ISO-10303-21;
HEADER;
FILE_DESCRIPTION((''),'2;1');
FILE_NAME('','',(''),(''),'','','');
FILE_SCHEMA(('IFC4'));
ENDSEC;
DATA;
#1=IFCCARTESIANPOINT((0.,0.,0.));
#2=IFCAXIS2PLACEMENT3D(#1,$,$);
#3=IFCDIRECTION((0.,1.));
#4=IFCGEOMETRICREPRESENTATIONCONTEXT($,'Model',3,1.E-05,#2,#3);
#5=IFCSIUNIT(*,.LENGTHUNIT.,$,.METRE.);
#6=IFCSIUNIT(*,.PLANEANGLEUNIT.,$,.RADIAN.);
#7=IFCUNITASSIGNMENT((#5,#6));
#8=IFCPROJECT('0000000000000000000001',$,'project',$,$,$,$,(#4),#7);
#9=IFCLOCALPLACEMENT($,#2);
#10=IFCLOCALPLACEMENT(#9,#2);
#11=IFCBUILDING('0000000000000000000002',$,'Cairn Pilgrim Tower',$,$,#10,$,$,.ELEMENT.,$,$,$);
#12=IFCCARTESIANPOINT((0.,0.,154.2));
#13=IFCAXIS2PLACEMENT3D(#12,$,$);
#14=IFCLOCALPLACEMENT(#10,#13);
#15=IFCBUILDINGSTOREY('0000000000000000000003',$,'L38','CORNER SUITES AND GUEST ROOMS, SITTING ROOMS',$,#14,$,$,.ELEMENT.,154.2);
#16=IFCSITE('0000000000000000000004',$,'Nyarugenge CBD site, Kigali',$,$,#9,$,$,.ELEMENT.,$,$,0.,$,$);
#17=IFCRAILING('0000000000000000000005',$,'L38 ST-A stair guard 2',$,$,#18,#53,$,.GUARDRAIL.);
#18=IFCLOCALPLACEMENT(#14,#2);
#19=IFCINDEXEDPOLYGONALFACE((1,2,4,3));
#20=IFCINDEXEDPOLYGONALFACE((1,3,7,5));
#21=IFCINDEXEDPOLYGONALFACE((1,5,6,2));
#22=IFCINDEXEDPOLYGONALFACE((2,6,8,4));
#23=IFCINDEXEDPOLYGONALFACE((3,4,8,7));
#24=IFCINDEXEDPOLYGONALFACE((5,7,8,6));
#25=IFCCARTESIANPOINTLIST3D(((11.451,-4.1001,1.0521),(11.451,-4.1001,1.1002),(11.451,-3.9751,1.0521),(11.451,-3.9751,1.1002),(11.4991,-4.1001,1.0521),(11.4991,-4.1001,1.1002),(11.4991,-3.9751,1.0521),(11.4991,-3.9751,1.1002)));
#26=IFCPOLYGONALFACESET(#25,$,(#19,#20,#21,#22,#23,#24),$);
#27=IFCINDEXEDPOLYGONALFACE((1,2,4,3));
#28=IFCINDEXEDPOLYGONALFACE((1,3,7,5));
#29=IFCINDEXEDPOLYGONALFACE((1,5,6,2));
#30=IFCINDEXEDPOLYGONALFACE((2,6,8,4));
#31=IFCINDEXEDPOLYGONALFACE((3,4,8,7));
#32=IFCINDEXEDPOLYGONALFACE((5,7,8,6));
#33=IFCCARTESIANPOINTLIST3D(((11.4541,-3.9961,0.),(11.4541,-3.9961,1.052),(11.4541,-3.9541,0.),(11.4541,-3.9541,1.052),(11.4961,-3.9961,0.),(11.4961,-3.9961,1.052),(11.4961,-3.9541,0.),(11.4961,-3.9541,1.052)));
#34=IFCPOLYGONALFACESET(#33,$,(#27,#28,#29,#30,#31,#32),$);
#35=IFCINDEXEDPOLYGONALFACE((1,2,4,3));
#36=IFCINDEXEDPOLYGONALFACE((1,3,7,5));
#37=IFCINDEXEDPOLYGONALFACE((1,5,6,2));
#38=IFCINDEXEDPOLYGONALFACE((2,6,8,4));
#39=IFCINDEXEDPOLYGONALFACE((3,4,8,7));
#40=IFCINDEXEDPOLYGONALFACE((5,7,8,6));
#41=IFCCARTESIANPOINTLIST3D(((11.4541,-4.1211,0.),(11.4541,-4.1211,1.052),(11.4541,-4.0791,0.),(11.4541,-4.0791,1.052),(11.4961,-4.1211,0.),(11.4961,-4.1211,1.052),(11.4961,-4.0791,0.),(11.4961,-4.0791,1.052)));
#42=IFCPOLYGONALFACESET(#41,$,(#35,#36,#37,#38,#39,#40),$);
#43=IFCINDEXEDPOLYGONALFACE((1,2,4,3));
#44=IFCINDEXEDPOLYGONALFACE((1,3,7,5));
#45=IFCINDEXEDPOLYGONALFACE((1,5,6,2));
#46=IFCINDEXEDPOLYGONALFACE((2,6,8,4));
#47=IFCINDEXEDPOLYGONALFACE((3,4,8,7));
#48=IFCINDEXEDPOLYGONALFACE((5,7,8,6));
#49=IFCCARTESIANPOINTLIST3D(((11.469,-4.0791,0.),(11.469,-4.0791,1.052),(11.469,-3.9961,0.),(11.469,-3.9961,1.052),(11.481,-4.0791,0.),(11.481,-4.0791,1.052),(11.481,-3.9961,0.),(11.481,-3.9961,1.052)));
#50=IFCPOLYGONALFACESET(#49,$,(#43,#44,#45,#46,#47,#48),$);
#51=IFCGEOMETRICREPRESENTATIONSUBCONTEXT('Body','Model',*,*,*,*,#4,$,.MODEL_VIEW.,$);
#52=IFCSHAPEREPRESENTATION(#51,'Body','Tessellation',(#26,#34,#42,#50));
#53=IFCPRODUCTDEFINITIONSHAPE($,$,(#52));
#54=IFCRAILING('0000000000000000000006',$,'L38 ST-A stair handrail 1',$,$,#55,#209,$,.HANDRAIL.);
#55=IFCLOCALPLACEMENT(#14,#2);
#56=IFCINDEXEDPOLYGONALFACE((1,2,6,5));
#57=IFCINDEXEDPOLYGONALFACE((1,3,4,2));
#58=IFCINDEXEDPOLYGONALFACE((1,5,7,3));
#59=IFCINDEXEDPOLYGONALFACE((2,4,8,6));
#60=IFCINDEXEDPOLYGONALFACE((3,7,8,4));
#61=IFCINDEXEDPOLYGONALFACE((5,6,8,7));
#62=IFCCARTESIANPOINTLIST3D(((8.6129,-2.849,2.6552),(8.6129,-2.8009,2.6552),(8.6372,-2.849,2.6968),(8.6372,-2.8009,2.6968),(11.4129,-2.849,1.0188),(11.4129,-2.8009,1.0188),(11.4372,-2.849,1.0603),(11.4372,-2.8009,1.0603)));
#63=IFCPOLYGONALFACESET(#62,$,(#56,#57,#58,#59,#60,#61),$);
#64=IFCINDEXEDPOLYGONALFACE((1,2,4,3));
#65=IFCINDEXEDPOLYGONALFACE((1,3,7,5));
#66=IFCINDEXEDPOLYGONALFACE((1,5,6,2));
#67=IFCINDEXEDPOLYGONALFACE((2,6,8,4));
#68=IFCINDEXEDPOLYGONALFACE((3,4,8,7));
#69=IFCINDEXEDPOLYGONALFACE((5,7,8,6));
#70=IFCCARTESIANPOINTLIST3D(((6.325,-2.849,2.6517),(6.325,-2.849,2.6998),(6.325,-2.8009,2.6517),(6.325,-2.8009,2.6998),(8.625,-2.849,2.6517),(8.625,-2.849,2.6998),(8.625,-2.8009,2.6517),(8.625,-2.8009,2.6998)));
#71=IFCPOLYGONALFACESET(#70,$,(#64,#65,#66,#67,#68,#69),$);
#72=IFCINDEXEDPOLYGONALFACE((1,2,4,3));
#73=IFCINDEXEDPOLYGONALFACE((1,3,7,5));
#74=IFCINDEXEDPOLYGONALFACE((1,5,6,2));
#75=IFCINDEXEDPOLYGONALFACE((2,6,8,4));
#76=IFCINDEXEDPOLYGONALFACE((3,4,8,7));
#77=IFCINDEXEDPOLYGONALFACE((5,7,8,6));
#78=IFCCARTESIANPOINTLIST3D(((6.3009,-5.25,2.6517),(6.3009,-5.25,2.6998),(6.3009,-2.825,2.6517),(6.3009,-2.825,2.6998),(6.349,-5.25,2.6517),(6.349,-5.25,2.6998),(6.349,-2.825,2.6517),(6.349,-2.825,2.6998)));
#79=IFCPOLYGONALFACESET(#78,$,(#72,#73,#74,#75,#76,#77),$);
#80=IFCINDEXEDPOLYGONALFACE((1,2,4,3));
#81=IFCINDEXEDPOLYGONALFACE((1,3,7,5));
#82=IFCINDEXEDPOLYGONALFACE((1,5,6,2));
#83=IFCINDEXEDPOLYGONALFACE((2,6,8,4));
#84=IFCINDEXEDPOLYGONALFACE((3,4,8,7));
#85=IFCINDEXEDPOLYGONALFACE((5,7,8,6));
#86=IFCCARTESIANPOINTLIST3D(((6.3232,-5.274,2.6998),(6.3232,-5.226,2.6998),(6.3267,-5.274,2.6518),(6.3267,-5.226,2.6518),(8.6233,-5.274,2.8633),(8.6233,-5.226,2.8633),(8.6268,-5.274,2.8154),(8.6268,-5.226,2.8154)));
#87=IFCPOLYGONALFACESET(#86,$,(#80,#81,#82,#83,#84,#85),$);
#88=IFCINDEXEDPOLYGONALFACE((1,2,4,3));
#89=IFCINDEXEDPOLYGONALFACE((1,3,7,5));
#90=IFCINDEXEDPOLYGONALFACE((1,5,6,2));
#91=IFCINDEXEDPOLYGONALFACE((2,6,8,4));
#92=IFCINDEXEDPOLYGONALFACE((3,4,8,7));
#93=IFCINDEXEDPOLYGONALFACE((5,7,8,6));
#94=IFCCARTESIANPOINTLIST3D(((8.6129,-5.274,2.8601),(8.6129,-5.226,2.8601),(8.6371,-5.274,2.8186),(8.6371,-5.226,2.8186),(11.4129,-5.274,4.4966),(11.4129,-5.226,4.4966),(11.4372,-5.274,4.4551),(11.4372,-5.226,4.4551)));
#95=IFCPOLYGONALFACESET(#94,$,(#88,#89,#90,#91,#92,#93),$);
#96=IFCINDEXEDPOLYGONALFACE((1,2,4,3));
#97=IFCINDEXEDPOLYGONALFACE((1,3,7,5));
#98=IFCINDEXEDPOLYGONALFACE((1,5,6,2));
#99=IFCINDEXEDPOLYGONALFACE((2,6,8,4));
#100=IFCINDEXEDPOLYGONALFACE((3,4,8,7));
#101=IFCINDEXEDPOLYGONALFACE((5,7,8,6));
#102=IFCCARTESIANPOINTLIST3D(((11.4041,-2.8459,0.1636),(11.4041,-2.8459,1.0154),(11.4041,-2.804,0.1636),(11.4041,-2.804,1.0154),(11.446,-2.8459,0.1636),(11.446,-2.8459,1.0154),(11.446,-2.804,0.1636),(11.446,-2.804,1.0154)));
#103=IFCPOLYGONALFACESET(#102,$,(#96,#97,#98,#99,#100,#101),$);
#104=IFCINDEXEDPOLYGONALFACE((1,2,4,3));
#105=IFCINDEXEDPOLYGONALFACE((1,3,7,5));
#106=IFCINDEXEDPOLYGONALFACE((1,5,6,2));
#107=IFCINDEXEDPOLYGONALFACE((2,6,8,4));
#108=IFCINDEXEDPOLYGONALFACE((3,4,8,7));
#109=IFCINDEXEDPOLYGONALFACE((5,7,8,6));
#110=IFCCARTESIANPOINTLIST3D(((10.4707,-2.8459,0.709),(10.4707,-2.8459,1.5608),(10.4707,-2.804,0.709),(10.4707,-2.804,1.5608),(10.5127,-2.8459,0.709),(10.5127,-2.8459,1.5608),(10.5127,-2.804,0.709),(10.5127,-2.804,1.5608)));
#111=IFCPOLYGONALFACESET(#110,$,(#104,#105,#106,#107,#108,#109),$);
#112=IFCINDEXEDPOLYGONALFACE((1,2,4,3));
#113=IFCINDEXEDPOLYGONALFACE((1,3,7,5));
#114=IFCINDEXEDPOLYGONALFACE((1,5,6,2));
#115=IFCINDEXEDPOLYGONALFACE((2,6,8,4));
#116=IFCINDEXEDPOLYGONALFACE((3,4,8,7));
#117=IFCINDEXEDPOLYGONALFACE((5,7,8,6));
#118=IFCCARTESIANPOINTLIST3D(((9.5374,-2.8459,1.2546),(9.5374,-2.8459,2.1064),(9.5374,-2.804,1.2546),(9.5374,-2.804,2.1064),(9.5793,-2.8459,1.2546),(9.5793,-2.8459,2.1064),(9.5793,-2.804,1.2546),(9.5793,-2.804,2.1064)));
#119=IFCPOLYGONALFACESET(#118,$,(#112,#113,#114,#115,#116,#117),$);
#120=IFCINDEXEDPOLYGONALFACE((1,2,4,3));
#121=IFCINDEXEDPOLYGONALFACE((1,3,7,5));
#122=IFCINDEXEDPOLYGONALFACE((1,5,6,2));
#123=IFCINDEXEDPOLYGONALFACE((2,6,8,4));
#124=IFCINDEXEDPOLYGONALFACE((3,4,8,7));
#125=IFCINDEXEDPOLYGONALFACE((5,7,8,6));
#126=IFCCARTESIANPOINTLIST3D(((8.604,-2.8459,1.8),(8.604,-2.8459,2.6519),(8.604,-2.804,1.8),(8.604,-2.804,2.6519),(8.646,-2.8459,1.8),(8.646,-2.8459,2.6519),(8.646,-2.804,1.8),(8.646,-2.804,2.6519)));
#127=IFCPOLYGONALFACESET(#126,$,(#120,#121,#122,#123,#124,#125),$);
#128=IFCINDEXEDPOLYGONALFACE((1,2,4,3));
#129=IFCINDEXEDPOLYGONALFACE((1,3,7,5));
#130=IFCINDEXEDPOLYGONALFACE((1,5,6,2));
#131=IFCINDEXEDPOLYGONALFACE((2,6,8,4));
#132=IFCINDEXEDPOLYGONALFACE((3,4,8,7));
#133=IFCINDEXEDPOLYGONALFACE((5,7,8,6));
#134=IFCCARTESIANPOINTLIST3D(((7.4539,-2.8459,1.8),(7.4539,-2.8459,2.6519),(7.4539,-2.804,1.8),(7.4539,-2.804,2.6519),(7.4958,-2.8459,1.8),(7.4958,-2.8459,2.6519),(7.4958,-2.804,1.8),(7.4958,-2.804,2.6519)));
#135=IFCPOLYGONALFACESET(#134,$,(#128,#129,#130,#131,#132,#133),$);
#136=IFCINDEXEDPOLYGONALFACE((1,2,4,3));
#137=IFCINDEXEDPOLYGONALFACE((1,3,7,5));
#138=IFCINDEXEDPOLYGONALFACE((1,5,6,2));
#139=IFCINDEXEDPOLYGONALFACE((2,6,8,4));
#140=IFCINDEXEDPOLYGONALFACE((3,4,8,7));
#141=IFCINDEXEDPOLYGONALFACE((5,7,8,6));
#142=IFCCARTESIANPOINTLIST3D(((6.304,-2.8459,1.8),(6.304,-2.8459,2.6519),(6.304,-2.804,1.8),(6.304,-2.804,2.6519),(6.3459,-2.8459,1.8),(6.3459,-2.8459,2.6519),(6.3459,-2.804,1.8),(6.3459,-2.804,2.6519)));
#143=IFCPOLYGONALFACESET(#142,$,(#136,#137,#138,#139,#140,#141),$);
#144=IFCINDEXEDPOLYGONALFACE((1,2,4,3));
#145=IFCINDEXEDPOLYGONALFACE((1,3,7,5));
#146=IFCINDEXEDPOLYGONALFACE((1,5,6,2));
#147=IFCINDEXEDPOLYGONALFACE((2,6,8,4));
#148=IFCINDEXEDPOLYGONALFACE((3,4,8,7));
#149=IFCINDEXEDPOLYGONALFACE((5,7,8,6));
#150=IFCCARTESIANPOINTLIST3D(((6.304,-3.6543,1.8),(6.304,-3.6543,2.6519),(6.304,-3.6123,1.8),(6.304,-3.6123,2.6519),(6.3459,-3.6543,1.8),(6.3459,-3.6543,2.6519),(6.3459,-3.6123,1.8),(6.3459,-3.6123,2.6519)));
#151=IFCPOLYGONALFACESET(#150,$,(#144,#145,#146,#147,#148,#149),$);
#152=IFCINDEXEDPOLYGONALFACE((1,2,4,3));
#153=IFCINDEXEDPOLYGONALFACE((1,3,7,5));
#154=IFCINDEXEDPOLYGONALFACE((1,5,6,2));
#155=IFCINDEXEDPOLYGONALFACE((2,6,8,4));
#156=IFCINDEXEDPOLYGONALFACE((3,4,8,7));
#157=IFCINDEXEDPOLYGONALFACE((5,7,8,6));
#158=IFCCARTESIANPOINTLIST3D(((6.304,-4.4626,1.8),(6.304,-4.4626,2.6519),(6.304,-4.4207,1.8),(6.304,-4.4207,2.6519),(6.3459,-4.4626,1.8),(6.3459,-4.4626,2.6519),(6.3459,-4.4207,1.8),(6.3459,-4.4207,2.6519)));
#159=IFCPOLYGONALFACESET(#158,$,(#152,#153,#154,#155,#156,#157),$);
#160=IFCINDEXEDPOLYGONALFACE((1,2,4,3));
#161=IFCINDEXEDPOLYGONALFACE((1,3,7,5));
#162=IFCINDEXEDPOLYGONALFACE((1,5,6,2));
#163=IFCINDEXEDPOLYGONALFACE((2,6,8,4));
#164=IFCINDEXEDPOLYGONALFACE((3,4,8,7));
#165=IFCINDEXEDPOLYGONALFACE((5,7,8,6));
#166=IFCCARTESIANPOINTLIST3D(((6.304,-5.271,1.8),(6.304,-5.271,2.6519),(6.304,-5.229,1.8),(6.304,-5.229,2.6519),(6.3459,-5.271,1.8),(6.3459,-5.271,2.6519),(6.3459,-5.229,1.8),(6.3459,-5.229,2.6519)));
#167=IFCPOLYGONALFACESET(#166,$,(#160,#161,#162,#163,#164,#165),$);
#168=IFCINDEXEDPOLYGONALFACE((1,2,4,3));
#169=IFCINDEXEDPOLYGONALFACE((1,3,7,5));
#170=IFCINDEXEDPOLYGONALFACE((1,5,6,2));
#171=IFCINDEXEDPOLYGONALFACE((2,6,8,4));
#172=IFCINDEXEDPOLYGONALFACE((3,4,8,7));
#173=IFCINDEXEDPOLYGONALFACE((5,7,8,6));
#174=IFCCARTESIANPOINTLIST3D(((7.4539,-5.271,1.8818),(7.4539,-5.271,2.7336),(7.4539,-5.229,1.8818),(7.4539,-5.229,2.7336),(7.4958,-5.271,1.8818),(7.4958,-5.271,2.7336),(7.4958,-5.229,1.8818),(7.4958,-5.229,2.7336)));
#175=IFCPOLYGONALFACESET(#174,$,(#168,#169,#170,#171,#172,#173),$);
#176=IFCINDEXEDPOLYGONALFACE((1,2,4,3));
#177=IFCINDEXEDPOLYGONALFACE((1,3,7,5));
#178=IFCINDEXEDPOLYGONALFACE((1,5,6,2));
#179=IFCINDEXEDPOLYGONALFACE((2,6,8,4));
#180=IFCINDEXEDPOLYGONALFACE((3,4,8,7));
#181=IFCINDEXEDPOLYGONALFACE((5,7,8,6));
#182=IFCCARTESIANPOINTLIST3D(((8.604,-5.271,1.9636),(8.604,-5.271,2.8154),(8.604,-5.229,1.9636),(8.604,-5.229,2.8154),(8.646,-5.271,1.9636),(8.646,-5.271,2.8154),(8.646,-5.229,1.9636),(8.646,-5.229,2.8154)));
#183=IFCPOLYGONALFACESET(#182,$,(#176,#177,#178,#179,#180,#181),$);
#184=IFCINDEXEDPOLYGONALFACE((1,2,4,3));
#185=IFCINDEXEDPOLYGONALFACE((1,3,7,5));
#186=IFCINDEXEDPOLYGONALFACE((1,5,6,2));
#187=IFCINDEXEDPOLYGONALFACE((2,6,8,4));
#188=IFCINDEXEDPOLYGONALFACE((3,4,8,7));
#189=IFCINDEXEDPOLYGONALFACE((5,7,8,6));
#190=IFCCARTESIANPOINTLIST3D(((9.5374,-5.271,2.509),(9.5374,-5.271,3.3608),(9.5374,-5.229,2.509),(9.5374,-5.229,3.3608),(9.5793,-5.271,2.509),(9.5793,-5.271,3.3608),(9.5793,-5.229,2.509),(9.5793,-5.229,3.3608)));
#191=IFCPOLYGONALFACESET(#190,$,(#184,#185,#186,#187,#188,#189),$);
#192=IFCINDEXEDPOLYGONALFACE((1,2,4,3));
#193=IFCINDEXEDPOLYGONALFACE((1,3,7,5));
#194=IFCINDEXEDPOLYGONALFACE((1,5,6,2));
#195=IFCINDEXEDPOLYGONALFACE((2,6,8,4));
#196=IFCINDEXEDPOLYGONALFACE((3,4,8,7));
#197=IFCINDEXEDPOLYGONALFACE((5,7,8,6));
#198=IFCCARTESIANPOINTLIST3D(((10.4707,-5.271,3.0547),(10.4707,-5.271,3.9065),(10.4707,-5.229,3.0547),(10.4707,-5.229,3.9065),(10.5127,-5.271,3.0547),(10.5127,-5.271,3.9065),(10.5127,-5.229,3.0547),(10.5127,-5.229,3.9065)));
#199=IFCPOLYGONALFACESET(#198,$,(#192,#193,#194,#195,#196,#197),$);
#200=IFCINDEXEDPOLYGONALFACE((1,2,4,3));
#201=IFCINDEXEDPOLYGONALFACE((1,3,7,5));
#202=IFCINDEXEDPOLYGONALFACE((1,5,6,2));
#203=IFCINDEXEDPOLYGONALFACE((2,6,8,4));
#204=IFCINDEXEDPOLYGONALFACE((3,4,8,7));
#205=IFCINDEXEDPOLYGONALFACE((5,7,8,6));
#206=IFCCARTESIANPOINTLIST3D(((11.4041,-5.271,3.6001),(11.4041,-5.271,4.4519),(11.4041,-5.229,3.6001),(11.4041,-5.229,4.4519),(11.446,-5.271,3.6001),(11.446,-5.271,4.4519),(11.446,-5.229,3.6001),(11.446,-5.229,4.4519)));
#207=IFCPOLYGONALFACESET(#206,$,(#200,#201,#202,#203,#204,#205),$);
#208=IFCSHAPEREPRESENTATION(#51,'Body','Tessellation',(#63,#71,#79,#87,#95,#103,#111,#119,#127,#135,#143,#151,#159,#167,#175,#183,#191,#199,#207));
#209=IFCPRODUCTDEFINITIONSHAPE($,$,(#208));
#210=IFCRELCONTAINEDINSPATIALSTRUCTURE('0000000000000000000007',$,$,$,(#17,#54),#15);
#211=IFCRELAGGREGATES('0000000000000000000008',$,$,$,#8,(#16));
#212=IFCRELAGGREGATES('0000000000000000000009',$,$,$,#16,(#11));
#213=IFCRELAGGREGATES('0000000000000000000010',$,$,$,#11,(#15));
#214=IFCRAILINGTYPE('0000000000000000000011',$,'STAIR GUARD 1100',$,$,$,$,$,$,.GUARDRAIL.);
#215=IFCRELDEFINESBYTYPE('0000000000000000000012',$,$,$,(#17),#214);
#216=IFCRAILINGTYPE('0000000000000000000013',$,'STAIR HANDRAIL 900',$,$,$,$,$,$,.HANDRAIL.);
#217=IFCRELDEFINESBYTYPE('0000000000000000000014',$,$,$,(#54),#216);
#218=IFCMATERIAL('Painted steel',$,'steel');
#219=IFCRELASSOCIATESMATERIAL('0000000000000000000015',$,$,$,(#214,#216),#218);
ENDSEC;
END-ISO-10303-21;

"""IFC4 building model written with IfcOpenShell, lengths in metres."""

from ifc_helpers import new_model, si_unit, direction, frame, origin, origin_2d, place, context, subcontext, project, spatial, polyline, rectangle, outline, extrude, material, type_object, element, save


model = new_model("IFC4")

# Units and contexts
model_context = context("Model", 3, precision=1e-05, world=origin(), true_north=direction((0.0, 1.0)))
body_context = subcontext(model_context, "Body", "Model", "MODEL_VIEW")
ifc_project = project(units=[si_unit("LENGTHUNIT", "METRE"), si_unit("PLANEANGLEUNIT", "RADIAN")], contexts=[model_context])

# Site, building, storey
site_placement = place(None, origin())
site = spatial("IfcSite", under=ifc_project, at=site_placement, Name="Nyarugenge CBD site, Kigali", CompositionType="ELEMENT", RefElevation=0.0)
building_placement = place(site_placement, origin())
building = spatial("IfcBuilding", under=site, at=building_placement, Name="Cairn Pilgrim Tower", CompositionType="ELEMENT")
storey_placement = place(building_placement, frame((0.0, 0.0, 154.2)))
storey = spatial("IfcBuildingStorey", under=building, at=storey_placement, Name="L38", Description="CORNER SUITES AND GUEST ROOMS, SITTING ROOMS", CompositionType="ELEMENT", Elevation=154.2)

# Shared definitions
ifc_material_1 = material(Name="Painted steel", Category="steel")

# Railings
railing_type_1 = type_object("IfcRailingType", Name="STAIR GUARD 1100", PredefinedType="GUARDRAIL", material=ifc_material_1)
railing_1_placement = place(storey_placement, frame((11.4751, -3.9751, 0.0)))
element("IfcRailing", 1, at=railing_1_placement, inside=storey, type_object=railing_type_1, Name="L38 ST-A stair guard 2", PredefinedType="GUARDRAIL", context=body_context, shape_type="SweptSolid", body=[
    extrude(rectangle(XDim=0.0481, YDim=0.0481, at=origin_2d()), frame((0.0, 0.0, 1.0762), z_axis=(0.0, -1.0, 0.0), x_axis=(1.0, 0.0, 0.0)), (0.0, 0.0, 1.0), 0.125),
    extrude(rectangle(XDim=0.042, YDim=0.042, at=origin_2d()), origin(), (0.0, 0.0, 1.0), 1.052),
    extrude(rectangle(XDim=0.042, YDim=0.042, at=origin_2d()), frame((0.0, -0.125, 0.0)), (0.0, 0.0, 1.0), 1.052),
    extrude(outline(polyline([(0.021, 0.0), (0.104, 0.0), (0.104, 1.052), (0.021, 1.052), (0.021, 0.0)])), frame((0.0059, 0.0, 0.0), z_axis=(-1.0, 0.0, 0.0), x_axis=(0.0, -1.0, 0.0)), (0.0, 0.0, 1.0), 0.012),
])
railing_type_2 = type_object("IfcRailingType", Name="STAIR HANDRAIL 900", PredefinedType="HANDRAIL", material=ifc_material_1)
railing_2_placement = place(storey_placement, frame((11.425, -2.825, 0.1636)))
element("IfcRailing", 2, at=railing_2_placement, inside=storey, type_object=railing_type_2, Name="L38 ST-A stair handrail 1", PredefinedType="HANDRAIL", context=body_context, shape_type="SweptSolid", body=[
    extrude(rectangle(XDim=0.0481, YDim=0.0481, at=origin_2d()), frame((0.0, 0.0, 0.876), z_axis=(-0.863361, 0.0, 0.504587), x_axis=(0.0, -1.0, 0.0)), (0.0, 0.0, 1.0), 3.2432),
    extrude(rectangle(XDim=0.0481, YDim=0.0481, at=origin_2d()), frame((-2.8, 0.0, 2.5122), z_axis=(-1.0, 0.0, 0.0), x_axis=(0.0, -1.0, 0.0)), (0.0, 0.0, 1.0), 2.3),
    extrude(rectangle(XDim=0.0481, YDim=0.0481, at=origin_2d()), frame((-5.1001, 0.0, 2.5122), z_axis=(0.0, -1.0, 0.0), x_axis=(1.0, 0.0, 0.0)), (0.0, 0.0, 1.0), 2.425),
    extrude(rectangle(XDim=0.0481, YDim=0.0481, at=origin_2d()), frame((-5.1001, -2.425, 2.5122), z_axis=(0.997481, 0.0, 0.070939), x_axis=(0.0, 1.0, 0.0)), (0.0, 0.0, 1.0), 2.3059),
    extrude(rectangle(XDim=0.0481, YDim=0.0481, at=origin_2d()), frame((-2.8, -2.425, 2.6758), z_axis=(0.863361, 0.0, 0.504587), x_axis=(0.0, 1.0, 0.0)), (0.0, 0.0, 1.0), 3.2432),
    extrude(rectangle(XDim=0.042, YDim=0.042, at=origin_2d()), origin(), (0.0, 0.0, 1.0), 0.8518),
    extrude(rectangle(XDim=0.042, YDim=0.042, at=origin_2d()), frame((-0.9333, 0.0, 0.5454)), (0.0, 0.0, 1.0), 0.8518),
    extrude(rectangle(XDim=0.042, YDim=0.042, at=origin_2d()), frame((-1.8667, 0.0, 1.0911)), (0.0, 0.0, 1.0), 0.8518),
    extrude(rectangle(XDim=0.042, YDim=0.042, at=origin_2d()), frame((-2.8, 0.0, 1.6365)), (0.0, 0.0, 1.0), 0.8518),
    extrude(rectangle(XDim=0.042, YDim=0.042, at=origin_2d()), frame((-3.9502, 0.0, 1.6365)), (0.0, 0.0, 1.0), 0.8518),
    extrude(rectangle(XDim=0.042, YDim=0.042, at=origin_2d()), frame((-5.1001, 0.0, 1.6365)), (0.0, 0.0, 1.0), 0.8518),
    extrude(rectangle(XDim=0.042, YDim=0.042, at=origin_2d()), frame((-5.1001, -0.8083, 1.6365)), (0.0, 0.0, 1.0), 0.8518),
    extrude(rectangle(XDim=0.042, YDim=0.042, at=origin_2d()), frame((-5.1001, -1.6167, 1.6365)), (0.0, 0.0, 1.0), 0.8518),
    extrude(rectangle(XDim=0.042, YDim=0.042, at=origin_2d()), frame((-5.1001, -2.425, 1.6365)), (0.0, 0.0, 1.0), 0.8518),
    extrude(rectangle(XDim=0.042, YDim=0.042, at=origin_2d()), frame((-3.9502, -2.425, 1.7183)), (0.0, 0.0, 1.0), 0.8518),
    extrude(rectangle(XDim=0.042, YDim=0.042, at=origin_2d()), frame((-2.8, -2.425, 1.8)), (0.0, 0.0, 1.0), 0.8518),
    extrude(rectangle(XDim=0.042, YDim=0.042, at=origin_2d()), frame((-1.8667, -2.425, 2.3455)), (0.0, 0.0, 1.0), 0.8518),
    extrude(rectangle(XDim=0.042, YDim=0.042, at=origin_2d()), frame((-0.9333, -2.425, 2.8911)), (0.0, 0.0, 1.0), 0.8518),
    extrude(rectangle(XDim=0.042, YDim=0.042, at=origin_2d()), frame((0.0, -2.425, 3.4365)), (0.0, 0.0, 1.0), 0.8518),
])

save(model, "model.ifc")
